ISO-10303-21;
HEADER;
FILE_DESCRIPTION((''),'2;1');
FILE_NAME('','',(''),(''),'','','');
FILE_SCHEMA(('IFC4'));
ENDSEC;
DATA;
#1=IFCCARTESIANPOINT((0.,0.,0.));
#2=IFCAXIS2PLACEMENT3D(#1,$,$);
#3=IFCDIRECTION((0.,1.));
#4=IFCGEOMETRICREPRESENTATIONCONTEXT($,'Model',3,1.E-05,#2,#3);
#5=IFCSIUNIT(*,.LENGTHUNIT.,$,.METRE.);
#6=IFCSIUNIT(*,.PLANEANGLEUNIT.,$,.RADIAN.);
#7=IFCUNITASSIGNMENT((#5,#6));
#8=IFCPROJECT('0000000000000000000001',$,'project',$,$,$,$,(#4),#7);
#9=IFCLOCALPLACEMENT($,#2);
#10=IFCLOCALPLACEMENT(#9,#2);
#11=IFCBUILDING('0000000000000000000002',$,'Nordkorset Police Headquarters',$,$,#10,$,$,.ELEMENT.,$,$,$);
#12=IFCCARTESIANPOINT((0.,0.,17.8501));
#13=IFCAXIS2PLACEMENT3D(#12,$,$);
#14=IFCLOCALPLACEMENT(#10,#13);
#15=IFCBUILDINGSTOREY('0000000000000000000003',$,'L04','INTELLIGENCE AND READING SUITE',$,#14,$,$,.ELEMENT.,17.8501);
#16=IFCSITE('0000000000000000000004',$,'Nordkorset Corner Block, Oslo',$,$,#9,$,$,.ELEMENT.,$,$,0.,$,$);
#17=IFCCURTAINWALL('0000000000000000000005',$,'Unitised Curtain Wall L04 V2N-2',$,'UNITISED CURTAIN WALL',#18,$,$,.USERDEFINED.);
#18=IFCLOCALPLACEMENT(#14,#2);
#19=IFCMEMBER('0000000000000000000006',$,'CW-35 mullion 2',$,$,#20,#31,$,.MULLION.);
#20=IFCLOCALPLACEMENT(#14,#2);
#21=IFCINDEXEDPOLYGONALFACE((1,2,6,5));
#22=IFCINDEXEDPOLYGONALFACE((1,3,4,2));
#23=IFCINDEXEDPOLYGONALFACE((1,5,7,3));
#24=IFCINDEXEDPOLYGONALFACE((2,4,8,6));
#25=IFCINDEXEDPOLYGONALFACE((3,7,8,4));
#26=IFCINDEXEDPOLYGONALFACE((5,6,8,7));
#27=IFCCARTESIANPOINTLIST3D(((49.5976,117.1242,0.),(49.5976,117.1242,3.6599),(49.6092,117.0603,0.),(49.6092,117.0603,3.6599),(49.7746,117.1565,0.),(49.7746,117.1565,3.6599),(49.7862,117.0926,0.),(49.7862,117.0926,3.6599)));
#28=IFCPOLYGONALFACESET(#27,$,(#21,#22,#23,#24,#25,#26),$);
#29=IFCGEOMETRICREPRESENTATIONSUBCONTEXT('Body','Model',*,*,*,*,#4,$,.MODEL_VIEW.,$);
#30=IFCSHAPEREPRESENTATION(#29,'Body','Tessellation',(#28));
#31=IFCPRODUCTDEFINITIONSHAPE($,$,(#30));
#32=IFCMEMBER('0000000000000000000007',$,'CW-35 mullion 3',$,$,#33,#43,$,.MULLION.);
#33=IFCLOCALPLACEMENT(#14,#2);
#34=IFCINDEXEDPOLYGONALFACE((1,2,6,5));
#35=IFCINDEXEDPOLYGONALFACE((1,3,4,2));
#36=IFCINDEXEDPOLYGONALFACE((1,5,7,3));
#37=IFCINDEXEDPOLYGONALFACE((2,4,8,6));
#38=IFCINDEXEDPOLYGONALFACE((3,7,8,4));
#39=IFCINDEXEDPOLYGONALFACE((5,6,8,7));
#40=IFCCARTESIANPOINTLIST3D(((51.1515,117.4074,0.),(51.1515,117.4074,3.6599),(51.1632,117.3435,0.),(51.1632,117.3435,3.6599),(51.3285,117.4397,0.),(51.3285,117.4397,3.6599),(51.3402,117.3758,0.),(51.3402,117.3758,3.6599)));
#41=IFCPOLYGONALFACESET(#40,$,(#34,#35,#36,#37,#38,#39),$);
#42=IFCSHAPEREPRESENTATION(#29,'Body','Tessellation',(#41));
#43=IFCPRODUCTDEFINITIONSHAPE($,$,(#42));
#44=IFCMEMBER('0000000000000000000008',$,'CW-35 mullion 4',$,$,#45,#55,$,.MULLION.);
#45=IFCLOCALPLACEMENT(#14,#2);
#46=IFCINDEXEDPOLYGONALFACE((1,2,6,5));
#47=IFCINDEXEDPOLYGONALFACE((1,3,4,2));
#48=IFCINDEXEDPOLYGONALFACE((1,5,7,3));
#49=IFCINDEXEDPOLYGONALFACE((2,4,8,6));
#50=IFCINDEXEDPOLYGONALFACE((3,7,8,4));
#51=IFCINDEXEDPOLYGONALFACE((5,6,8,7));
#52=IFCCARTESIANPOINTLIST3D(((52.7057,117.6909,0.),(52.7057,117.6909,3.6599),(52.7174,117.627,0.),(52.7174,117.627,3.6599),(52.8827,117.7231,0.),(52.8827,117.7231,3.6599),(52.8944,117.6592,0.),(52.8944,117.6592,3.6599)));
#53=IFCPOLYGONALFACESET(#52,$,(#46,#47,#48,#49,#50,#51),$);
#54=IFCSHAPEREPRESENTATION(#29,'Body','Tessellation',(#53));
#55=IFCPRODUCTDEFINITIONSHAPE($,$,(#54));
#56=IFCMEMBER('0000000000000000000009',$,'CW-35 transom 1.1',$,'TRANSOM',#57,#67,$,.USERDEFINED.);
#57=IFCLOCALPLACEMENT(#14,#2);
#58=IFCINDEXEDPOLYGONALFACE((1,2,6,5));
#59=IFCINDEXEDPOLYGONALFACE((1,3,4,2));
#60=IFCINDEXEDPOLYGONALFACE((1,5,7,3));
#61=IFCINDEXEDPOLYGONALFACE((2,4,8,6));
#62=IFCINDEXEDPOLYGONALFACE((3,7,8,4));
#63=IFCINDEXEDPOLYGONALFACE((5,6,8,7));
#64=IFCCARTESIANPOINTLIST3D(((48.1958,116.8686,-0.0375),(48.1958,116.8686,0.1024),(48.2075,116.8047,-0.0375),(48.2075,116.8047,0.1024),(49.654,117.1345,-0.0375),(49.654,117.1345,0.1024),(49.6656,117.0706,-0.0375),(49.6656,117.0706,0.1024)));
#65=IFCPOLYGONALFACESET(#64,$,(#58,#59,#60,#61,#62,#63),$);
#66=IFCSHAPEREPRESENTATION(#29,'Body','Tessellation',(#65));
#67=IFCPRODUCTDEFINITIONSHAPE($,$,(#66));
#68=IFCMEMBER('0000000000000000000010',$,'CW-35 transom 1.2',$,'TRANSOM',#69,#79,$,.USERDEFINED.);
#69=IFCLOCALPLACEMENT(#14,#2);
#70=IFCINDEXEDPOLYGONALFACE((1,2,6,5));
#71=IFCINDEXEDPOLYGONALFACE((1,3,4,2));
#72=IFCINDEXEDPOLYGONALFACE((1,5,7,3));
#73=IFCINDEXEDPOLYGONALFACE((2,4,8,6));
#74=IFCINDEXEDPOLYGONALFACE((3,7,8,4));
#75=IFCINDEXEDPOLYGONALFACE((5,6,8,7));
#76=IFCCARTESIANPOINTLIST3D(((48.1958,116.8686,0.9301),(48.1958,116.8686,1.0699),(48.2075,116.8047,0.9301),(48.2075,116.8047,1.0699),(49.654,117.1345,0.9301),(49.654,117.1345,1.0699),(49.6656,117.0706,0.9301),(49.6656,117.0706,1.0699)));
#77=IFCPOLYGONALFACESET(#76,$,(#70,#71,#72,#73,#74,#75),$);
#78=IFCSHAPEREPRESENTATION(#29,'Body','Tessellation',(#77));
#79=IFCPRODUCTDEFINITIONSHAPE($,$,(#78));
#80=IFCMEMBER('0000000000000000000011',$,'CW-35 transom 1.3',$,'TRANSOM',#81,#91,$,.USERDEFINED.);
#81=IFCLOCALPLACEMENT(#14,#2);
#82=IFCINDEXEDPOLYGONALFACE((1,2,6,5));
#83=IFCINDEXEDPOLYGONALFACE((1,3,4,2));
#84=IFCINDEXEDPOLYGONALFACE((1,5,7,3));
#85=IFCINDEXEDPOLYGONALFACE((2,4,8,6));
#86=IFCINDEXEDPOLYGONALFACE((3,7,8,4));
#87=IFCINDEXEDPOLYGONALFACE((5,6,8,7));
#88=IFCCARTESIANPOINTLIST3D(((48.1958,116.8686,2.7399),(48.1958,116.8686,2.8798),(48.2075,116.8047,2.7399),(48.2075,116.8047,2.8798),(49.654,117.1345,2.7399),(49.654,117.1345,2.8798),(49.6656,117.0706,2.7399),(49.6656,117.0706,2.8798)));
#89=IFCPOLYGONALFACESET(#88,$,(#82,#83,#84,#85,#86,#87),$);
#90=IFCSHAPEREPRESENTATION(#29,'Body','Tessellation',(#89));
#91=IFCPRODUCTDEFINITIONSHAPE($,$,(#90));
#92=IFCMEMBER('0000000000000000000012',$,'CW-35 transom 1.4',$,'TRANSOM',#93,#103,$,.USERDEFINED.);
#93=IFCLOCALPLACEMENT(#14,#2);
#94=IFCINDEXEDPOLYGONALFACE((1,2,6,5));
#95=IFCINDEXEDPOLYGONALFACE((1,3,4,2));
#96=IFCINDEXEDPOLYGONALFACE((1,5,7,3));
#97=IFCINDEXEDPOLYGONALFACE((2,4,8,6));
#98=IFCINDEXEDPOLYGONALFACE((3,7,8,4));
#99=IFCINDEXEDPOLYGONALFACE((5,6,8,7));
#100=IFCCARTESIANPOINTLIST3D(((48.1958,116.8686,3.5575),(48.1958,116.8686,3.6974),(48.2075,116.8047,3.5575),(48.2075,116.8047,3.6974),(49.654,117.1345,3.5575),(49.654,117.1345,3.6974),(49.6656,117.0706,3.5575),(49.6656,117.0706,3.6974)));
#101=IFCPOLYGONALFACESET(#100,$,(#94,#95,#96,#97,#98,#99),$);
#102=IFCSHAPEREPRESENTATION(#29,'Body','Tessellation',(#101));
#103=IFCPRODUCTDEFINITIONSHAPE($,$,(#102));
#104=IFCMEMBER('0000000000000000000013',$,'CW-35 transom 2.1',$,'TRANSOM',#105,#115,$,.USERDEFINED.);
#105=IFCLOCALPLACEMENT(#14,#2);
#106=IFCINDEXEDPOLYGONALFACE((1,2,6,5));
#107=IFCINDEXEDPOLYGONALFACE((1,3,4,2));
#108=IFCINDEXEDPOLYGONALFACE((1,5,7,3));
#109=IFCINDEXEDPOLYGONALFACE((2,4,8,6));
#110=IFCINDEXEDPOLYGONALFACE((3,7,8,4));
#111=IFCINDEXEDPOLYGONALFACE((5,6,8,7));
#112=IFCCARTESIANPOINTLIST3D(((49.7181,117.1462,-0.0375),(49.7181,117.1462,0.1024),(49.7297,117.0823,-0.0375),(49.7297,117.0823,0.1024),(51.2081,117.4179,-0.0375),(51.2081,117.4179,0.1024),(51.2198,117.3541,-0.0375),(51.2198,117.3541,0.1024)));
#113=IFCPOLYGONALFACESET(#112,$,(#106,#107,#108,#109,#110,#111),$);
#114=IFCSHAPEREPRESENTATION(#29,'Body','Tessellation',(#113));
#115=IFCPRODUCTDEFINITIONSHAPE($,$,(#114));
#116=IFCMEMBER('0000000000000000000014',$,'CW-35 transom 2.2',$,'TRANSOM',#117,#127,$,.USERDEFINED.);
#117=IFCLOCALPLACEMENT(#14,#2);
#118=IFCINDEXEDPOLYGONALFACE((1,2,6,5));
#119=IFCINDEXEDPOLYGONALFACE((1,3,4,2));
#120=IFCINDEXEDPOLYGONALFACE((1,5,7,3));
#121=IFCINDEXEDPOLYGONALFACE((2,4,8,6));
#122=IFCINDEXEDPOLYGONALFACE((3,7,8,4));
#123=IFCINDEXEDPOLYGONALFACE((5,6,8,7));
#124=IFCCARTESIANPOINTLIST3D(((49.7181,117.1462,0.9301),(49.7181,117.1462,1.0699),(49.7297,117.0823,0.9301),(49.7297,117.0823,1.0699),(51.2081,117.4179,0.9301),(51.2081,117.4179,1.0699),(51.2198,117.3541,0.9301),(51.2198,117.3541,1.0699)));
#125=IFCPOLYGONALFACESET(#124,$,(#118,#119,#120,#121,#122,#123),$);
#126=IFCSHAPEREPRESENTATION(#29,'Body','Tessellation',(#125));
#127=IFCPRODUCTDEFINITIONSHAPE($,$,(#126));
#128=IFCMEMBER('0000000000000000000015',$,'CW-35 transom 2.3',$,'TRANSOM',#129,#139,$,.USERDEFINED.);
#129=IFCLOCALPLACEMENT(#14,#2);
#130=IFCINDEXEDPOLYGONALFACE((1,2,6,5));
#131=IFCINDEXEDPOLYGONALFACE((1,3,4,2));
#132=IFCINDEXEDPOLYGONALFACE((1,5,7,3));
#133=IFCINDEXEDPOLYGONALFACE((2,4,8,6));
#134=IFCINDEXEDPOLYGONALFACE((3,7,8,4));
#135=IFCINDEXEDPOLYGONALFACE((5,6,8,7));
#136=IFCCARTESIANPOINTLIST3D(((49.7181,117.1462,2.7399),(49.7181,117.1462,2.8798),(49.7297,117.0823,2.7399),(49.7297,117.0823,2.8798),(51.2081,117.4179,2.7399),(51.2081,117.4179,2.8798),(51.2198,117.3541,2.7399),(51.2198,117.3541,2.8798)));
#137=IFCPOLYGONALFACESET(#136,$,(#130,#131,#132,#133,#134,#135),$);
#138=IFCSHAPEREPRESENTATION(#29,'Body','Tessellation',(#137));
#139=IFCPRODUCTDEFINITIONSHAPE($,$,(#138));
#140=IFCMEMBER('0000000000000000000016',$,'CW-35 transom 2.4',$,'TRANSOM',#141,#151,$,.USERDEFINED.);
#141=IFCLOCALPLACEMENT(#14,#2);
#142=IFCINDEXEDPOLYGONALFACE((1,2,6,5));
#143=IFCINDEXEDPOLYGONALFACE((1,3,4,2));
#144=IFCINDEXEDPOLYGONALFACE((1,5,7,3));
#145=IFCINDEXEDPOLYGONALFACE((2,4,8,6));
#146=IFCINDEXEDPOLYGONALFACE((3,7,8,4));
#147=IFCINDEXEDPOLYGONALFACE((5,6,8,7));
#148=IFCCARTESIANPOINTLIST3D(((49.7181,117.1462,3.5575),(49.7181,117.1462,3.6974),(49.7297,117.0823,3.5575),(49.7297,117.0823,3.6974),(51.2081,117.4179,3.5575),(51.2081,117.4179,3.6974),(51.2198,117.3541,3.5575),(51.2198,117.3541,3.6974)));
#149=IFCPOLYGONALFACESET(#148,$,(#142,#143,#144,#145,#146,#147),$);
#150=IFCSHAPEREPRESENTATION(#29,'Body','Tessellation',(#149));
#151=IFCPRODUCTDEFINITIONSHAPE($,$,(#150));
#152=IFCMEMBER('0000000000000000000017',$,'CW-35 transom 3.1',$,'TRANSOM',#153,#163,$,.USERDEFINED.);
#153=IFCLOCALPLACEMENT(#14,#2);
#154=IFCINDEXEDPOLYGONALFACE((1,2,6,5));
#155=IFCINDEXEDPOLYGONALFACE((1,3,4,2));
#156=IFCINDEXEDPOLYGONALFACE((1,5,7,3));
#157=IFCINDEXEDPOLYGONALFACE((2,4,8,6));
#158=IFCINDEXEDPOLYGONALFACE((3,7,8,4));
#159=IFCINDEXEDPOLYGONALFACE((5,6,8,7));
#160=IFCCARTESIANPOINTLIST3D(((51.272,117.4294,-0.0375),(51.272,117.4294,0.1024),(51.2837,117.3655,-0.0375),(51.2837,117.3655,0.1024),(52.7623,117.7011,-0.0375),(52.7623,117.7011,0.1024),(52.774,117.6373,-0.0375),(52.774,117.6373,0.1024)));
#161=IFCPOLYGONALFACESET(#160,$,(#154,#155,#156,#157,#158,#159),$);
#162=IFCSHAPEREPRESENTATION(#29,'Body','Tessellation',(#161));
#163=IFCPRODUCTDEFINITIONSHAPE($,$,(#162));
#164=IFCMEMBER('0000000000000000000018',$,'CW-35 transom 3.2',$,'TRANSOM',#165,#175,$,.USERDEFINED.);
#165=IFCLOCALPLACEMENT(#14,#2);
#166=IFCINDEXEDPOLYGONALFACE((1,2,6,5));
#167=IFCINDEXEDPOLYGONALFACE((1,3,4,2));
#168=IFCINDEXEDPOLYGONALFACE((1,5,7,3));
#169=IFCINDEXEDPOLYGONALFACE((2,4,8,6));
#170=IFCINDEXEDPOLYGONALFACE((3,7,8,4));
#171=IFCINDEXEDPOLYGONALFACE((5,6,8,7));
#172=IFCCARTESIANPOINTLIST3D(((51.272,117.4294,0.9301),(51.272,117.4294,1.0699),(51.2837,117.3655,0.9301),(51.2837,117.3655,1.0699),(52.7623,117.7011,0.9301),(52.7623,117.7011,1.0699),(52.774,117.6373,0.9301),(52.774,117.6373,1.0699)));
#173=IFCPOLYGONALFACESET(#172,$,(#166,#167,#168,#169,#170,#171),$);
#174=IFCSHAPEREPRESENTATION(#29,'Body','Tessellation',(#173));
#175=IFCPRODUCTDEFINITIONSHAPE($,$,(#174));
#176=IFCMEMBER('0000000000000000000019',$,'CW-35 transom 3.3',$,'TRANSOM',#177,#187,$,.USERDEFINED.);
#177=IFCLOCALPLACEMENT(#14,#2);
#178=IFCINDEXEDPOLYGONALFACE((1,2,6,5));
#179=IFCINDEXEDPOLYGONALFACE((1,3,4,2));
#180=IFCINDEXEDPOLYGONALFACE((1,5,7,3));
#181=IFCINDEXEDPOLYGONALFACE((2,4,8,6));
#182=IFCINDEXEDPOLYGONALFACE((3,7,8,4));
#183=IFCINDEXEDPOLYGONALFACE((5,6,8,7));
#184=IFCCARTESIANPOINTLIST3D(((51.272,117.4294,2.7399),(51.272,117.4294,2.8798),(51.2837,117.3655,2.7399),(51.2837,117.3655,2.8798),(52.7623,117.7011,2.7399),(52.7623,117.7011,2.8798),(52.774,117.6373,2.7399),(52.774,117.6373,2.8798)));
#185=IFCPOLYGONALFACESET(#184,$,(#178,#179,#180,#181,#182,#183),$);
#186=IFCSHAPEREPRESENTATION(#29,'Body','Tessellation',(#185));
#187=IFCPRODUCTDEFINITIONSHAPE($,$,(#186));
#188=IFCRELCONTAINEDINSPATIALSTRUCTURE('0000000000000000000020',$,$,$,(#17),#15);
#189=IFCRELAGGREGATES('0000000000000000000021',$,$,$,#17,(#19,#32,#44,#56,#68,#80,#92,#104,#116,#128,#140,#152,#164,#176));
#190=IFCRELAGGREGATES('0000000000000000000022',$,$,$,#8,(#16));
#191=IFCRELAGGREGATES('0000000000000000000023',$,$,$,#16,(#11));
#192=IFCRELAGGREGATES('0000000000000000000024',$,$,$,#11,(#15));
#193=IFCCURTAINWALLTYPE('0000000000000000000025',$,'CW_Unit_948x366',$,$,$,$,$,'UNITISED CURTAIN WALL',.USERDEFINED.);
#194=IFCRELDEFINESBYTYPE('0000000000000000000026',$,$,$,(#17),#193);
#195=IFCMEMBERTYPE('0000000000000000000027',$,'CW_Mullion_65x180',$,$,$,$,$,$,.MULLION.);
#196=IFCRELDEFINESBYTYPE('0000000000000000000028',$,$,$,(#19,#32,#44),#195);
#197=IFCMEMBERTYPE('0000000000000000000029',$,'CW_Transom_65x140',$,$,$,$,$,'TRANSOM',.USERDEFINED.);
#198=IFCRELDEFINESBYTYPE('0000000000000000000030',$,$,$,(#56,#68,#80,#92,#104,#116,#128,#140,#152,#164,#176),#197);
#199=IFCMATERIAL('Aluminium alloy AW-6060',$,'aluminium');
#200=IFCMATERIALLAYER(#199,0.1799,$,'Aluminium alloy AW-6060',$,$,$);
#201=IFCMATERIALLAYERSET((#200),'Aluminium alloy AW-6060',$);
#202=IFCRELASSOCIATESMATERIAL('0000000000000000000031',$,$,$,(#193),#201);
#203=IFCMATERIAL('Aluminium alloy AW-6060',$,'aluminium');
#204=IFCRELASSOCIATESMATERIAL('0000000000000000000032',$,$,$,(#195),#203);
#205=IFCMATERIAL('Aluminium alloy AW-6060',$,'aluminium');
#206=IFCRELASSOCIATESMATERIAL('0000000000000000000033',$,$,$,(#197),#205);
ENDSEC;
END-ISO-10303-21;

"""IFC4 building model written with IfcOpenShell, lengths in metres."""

from ifc_helpers import new_model, si_unit, direction, frame, origin, origin_2d, place, context, subcontext, project, spatial, rectangle, extrude, material, layer, layer_set, material_profile, profile_set, type_object, element, aggregate, save


model = new_model("IFC4")

# Units and contexts
model_context = context("Model", 3, precision=1e-05, world=origin(), true_north=direction((0.0, 1.0)))
body_context = subcontext(model_context, "Body", "Model", "MODEL_VIEW")
ifc_project = project(units=[si_unit("LENGTHUNIT", "METRE"), si_unit("PLANEANGLEUNIT", "RADIAN")], contexts=[model_context])

# Site, building, storey
site_placement = place(None, origin())
site = spatial("IfcSite", under=ifc_project, at=site_placement, Name="Nordkorset Corner Block, Oslo", CompositionType="ELEMENT", RefElevation=0.0)
building_placement = place(site_placement, origin())
building = spatial("IfcBuilding", under=site, at=building_placement, Name="Nordkorset Police Headquarters", CompositionType="ELEMENT")
storey_placement = place(building_placement, frame((0.0, 0.0, 17.8501)))
storey = spatial("IfcBuildingStorey", under=building, at=storey_placement, Name="L04", Description="INTELLIGENCE AND READING SUITE", CompositionType="ELEMENT", Elevation=17.8501)

# Curtain wall, members
ifc_material_1 = material(Name="Aluminium alloy AW-6060", Category="aluminium")
ifc_layer_1 = layer(ifc_material_1, 0.1799, Name="Aluminium alloy AW-6060")
ifc_layer_set_1 = layer_set([ifc_layer_1], Name="Aluminium alloy AW-6060")
curtain_wall_type = type_object("IfcCurtainWallType", Name="CW_Unit_948x366", ElementType="UNITISED CURTAIN WALL", PredefinedType="USERDEFINED", material=ifc_layer_set_1)
curtain_wall_placement = place(storey_placement, origin())
curtain_wall = element("IfcCurtainWall", 1, at=curtain_wall_placement, inside=storey, type_object=curtain_wall_type, Name="Unitised Curtain Wall L04 V2N-2", ObjectType="UNITISED CURTAIN WALL", PredefinedType="USERDEFINED")
ifc_material_2 = material(Name="Aluminium alloy AW-6060", Category="aluminium")
ifc_material_profile_1 = material_profile(ifc_material_2, rectangle(XDim=0.0649, YDim=0.1799, at=origin_2d()), Name="ALU MULL 65x180")
ifc_profile_set_1 = profile_set([ifc_material_profile_1], Name="Aluminium alloy AW-6060")
member_type_1 = type_object("IfcMemberType", Name="CW_Mullion_65x180", PredefinedType="MULLION", material=ifc_profile_set_1)
member_1_placement = place(storey_placement, frame((49.6919, 117.1084, 0.0), z_axis=(0.0, 0.0, 1.0), x_axis=(-0.179336, 0.983788, 0.0)))
member_1 = element("IfcMember", 2, at=member_1_placement, type_object=member_type_1, Name="CW-35 mullion 2", PredefinedType="MULLION", context=body_context, shape_type="SweptSolid", body=[
    extrude(rectangle(XDim=0.0649, YDim=0.1799, at=origin_2d()), origin(), (0.0, 0.0, 1.0), 3.6599),
])
member_2_placement = place(storey_placement, frame((51.2458, 117.3916, 0.0), z_axis=(0.0, 0.0, 1.0), x_axis=(-0.179336, 0.983788, 0.0)))
member_2 = element("IfcMember", 3, at=member_2_placement, type_object=member_type_1, Name="CW-35 mullion 3", PredefinedType="MULLION", context=body_context, shape_type="SweptSolid", body=[
    extrude(rectangle(XDim=0.0649, YDim=0.1799, at=origin_2d()), origin(), (0.0, 0.0, 1.0), 3.6599),
])
member_3_placement = place(storey_placement, frame((52.8, 117.675, 0.0), z_axis=(0.0, 0.0, 1.0), x_axis=(-0.179336, 0.983788, 0.0)))
member_3 = element("IfcMember", 4, at=member_3_placement, type_object=member_type_1, Name="CW-35 mullion 4", PredefinedType="MULLION", context=body_context, shape_type="SweptSolid", body=[
    extrude(rectangle(XDim=0.0649, YDim=0.1799, at=origin_2d()), origin(), (0.0, 0.0, 1.0), 3.6599),
])
ifc_material_3 = material(Name="Aluminium alloy AW-6060", Category="aluminium")
ifc_material_profile_2 = material_profile(ifc_material_3, rectangle(XDim=0.0649, YDim=0.1399, at=origin_2d()), Name="ALU TRAN 65x140")
ifc_profile_set_2 = profile_set([ifc_material_profile_2], Name="Aluminium alloy AW-6060")
member_type_2 = type_object("IfcMemberType", Name="CW_Transom_65x140", ElementType="TRANSOM", PredefinedType="USERDEFINED", material=ifc_profile_set_2)
member_4_placement = place(storey_placement, frame((48.2017, 116.8367, 0.0325), z_axis=(0.983783, 0.179364, 0.0), x_axis=(-0.179364, 0.983783, 0.0)))
member_4 = element("IfcMember", 5, at=member_4_placement, type_object=member_type_2, Name="CW-35 transom 1.1", ObjectType="TRANSOM", PredefinedType="USERDEFINED", context=body_context, shape_type="SweptSolid", body=[
    extrude(rectangle(XDim=0.0649, YDim=0.1399, at=origin_2d()), origin(), (0.0, 0.0, 1.0), 1.4822),
])
member_5_placement = place(storey_placement, frame((48.2017, 116.8367, 1.0), z_axis=(0.983783, 0.179364, 0.0), x_axis=(-0.179364, 0.983783, 0.0)))
member_5 = element("IfcMember", 6, at=member_5_placement, type_object=member_type_2, Name="CW-35 transom 1.2", ObjectType="TRANSOM", PredefinedType="USERDEFINED", context=body_context, shape_type="SweptSolid", body=[
    extrude(rectangle(XDim=0.0649, YDim=0.1399, at=origin_2d()), origin(), (0.0, 0.0, 1.0), 1.4822),
])
member_6_placement = place(storey_placement, frame((48.2017, 116.8367, 2.8098), z_axis=(0.983783, 0.179364, 0.0), x_axis=(-0.179364, 0.983783, 0.0)))
member_6 = element("IfcMember", 7, at=member_6_placement, type_object=member_type_2, Name="CW-35 transom 1.3", ObjectType="TRANSOM", PredefinedType="USERDEFINED", context=body_context, shape_type="SweptSolid", body=[
    extrude(rectangle(XDim=0.0649, YDim=0.1399, at=origin_2d()), origin(), (0.0, 0.0, 1.0), 1.4822),
])
member_7_placement = place(storey_placement, frame((48.2017, 116.8367, 3.6274), z_axis=(0.983783, 0.179364, 0.0), x_axis=(-0.179364, 0.983783, 0.0)))
member_7 = element("IfcMember", 8, at=member_7_placement, type_object=member_type_2, Name="CW-35 transom 1.4", ObjectType="TRANSOM", PredefinedType="USERDEFINED", context=body_context, shape_type="SweptSolid", body=[
    extrude(rectangle(XDim=0.0649, YDim=0.1399, at=origin_2d()), origin(), (0.0, 0.0, 1.0), 1.4822),
])
member_8_placement = place(storey_placement, frame((49.7239, 117.1143, 0.0325), z_axis=(0.983774, 0.17941, 0.0), x_axis=(-0.17941, 0.983774, 0.0)))
member_8 = element("IfcMember", 9, at=member_8_placement, type_object=member_type_2, Name="CW-35 transom 2.1", ObjectType="TRANSOM", PredefinedType="USERDEFINED", context=body_context, shape_type="SweptSolid", body=[
    extrude(rectangle(XDim=0.0649, YDim=0.1399, at=origin_2d()), origin(), (0.0, 0.0, 1.0), 1.5146),
])
member_9_placement = place(storey_placement, frame((49.7239, 117.1143, 1.0), z_axis=(0.983774, 0.17941, 0.0), x_axis=(-0.17941, 0.983774, 0.0)))
member_9 = element("IfcMember", 10, at=member_9_placement, type_object=member_type_2, Name="CW-35 transom 2.2", ObjectType="TRANSOM", PredefinedType="USERDEFINED", context=body_context, shape_type="SweptSolid", body=[
    extrude(rectangle(XDim=0.0649, YDim=0.1399, at=origin_2d()), origin(), (0.0, 0.0, 1.0), 1.5146),
])
member_10_placement = place(storey_placement, frame((49.7239, 117.1143, 2.8098), z_axis=(0.983774, 0.17941, 0.0), x_axis=(-0.17941, 0.983774, 0.0)))
member_10 = element("IfcMember", 11, at=member_10_placement, type_object=member_type_2, Name="CW-35 transom 2.3", ObjectType="TRANSOM", PredefinedType="USERDEFINED", context=body_context, shape_type="SweptSolid", body=[
    extrude(rectangle(XDim=0.0649, YDim=0.1399, at=origin_2d()), origin(), (0.0, 0.0, 1.0), 1.5146),
])
member_11_placement = place(storey_placement, frame((49.7239, 117.1143, 3.6274), z_axis=(0.983774, 0.17941, 0.0), x_axis=(-0.17941, 0.983774, 0.0)))
member_11 = element("IfcMember", 12, at=member_11_placement, type_object=member_type_2, Name="CW-35 transom 2.4", ObjectType="TRANSOM", PredefinedType="USERDEFINED", context=body_context, shape_type="SweptSolid", body=[
    extrude(rectangle(XDim=0.0649, YDim=0.1399, at=origin_2d()), origin(), (0.0, 0.0, 1.0), 1.5146),
])
member_12_placement = place(storey_placement, frame((51.2778, 117.3975, 0.0325), z_axis=(0.98378, 0.179382, 0.0), x_axis=(-0.179382, 0.98378, 0.0)))
member_12 = element("IfcMember", 13, at=member_12_placement, type_object=member_type_2, Name="CW-35 transom 3.1", ObjectType="TRANSOM", PredefinedType="USERDEFINED", context=body_context, shape_type="SweptSolid", body=[
    extrude(rectangle(XDim=0.0649, YDim=0.1399, at=origin_2d()), origin(), (0.0, 0.0, 1.0), 1.5149),
])
member_13_placement = place(storey_placement, frame((51.2778, 117.3975, 1.0), z_axis=(0.98378, 0.179382, 0.0), x_axis=(-0.179382, 0.98378, 0.0)))
member_13 = element("IfcMember", 14, at=member_13_placement, type_object=member_type_2, Name="CW-35 transom 3.2", ObjectType="TRANSOM", PredefinedType="USERDEFINED", context=body_context, shape_type="SweptSolid", body=[
    extrude(rectangle(XDim=0.0649, YDim=0.1399, at=origin_2d()), origin(), (0.0, 0.0, 1.0), 1.5149),
])
member_14_placement = place(storey_placement, frame((51.2778, 117.3975, 2.8098), z_axis=(0.98378, 0.179382, 0.0), x_axis=(-0.179382, 0.98378, 0.0)))
member_14 = element("IfcMember", 15, at=member_14_placement, type_object=member_type_2, Name="CW-35 transom 3.3", ObjectType="TRANSOM", PredefinedType="USERDEFINED", context=body_context, shape_type="SweptSolid", body=[
    extrude(rectangle(XDim=0.0649, YDim=0.1399, at=origin_2d()), origin(), (0.0, 0.0, 1.0), 1.5149),
])

aggregate(curtain_wall, [member_1, member_2, member_3, member_4, member_5, member_6, member_7, member_8, member_9, member_10, member_11, member_12, member_13, member_14])

save(model, "model.ifc")
